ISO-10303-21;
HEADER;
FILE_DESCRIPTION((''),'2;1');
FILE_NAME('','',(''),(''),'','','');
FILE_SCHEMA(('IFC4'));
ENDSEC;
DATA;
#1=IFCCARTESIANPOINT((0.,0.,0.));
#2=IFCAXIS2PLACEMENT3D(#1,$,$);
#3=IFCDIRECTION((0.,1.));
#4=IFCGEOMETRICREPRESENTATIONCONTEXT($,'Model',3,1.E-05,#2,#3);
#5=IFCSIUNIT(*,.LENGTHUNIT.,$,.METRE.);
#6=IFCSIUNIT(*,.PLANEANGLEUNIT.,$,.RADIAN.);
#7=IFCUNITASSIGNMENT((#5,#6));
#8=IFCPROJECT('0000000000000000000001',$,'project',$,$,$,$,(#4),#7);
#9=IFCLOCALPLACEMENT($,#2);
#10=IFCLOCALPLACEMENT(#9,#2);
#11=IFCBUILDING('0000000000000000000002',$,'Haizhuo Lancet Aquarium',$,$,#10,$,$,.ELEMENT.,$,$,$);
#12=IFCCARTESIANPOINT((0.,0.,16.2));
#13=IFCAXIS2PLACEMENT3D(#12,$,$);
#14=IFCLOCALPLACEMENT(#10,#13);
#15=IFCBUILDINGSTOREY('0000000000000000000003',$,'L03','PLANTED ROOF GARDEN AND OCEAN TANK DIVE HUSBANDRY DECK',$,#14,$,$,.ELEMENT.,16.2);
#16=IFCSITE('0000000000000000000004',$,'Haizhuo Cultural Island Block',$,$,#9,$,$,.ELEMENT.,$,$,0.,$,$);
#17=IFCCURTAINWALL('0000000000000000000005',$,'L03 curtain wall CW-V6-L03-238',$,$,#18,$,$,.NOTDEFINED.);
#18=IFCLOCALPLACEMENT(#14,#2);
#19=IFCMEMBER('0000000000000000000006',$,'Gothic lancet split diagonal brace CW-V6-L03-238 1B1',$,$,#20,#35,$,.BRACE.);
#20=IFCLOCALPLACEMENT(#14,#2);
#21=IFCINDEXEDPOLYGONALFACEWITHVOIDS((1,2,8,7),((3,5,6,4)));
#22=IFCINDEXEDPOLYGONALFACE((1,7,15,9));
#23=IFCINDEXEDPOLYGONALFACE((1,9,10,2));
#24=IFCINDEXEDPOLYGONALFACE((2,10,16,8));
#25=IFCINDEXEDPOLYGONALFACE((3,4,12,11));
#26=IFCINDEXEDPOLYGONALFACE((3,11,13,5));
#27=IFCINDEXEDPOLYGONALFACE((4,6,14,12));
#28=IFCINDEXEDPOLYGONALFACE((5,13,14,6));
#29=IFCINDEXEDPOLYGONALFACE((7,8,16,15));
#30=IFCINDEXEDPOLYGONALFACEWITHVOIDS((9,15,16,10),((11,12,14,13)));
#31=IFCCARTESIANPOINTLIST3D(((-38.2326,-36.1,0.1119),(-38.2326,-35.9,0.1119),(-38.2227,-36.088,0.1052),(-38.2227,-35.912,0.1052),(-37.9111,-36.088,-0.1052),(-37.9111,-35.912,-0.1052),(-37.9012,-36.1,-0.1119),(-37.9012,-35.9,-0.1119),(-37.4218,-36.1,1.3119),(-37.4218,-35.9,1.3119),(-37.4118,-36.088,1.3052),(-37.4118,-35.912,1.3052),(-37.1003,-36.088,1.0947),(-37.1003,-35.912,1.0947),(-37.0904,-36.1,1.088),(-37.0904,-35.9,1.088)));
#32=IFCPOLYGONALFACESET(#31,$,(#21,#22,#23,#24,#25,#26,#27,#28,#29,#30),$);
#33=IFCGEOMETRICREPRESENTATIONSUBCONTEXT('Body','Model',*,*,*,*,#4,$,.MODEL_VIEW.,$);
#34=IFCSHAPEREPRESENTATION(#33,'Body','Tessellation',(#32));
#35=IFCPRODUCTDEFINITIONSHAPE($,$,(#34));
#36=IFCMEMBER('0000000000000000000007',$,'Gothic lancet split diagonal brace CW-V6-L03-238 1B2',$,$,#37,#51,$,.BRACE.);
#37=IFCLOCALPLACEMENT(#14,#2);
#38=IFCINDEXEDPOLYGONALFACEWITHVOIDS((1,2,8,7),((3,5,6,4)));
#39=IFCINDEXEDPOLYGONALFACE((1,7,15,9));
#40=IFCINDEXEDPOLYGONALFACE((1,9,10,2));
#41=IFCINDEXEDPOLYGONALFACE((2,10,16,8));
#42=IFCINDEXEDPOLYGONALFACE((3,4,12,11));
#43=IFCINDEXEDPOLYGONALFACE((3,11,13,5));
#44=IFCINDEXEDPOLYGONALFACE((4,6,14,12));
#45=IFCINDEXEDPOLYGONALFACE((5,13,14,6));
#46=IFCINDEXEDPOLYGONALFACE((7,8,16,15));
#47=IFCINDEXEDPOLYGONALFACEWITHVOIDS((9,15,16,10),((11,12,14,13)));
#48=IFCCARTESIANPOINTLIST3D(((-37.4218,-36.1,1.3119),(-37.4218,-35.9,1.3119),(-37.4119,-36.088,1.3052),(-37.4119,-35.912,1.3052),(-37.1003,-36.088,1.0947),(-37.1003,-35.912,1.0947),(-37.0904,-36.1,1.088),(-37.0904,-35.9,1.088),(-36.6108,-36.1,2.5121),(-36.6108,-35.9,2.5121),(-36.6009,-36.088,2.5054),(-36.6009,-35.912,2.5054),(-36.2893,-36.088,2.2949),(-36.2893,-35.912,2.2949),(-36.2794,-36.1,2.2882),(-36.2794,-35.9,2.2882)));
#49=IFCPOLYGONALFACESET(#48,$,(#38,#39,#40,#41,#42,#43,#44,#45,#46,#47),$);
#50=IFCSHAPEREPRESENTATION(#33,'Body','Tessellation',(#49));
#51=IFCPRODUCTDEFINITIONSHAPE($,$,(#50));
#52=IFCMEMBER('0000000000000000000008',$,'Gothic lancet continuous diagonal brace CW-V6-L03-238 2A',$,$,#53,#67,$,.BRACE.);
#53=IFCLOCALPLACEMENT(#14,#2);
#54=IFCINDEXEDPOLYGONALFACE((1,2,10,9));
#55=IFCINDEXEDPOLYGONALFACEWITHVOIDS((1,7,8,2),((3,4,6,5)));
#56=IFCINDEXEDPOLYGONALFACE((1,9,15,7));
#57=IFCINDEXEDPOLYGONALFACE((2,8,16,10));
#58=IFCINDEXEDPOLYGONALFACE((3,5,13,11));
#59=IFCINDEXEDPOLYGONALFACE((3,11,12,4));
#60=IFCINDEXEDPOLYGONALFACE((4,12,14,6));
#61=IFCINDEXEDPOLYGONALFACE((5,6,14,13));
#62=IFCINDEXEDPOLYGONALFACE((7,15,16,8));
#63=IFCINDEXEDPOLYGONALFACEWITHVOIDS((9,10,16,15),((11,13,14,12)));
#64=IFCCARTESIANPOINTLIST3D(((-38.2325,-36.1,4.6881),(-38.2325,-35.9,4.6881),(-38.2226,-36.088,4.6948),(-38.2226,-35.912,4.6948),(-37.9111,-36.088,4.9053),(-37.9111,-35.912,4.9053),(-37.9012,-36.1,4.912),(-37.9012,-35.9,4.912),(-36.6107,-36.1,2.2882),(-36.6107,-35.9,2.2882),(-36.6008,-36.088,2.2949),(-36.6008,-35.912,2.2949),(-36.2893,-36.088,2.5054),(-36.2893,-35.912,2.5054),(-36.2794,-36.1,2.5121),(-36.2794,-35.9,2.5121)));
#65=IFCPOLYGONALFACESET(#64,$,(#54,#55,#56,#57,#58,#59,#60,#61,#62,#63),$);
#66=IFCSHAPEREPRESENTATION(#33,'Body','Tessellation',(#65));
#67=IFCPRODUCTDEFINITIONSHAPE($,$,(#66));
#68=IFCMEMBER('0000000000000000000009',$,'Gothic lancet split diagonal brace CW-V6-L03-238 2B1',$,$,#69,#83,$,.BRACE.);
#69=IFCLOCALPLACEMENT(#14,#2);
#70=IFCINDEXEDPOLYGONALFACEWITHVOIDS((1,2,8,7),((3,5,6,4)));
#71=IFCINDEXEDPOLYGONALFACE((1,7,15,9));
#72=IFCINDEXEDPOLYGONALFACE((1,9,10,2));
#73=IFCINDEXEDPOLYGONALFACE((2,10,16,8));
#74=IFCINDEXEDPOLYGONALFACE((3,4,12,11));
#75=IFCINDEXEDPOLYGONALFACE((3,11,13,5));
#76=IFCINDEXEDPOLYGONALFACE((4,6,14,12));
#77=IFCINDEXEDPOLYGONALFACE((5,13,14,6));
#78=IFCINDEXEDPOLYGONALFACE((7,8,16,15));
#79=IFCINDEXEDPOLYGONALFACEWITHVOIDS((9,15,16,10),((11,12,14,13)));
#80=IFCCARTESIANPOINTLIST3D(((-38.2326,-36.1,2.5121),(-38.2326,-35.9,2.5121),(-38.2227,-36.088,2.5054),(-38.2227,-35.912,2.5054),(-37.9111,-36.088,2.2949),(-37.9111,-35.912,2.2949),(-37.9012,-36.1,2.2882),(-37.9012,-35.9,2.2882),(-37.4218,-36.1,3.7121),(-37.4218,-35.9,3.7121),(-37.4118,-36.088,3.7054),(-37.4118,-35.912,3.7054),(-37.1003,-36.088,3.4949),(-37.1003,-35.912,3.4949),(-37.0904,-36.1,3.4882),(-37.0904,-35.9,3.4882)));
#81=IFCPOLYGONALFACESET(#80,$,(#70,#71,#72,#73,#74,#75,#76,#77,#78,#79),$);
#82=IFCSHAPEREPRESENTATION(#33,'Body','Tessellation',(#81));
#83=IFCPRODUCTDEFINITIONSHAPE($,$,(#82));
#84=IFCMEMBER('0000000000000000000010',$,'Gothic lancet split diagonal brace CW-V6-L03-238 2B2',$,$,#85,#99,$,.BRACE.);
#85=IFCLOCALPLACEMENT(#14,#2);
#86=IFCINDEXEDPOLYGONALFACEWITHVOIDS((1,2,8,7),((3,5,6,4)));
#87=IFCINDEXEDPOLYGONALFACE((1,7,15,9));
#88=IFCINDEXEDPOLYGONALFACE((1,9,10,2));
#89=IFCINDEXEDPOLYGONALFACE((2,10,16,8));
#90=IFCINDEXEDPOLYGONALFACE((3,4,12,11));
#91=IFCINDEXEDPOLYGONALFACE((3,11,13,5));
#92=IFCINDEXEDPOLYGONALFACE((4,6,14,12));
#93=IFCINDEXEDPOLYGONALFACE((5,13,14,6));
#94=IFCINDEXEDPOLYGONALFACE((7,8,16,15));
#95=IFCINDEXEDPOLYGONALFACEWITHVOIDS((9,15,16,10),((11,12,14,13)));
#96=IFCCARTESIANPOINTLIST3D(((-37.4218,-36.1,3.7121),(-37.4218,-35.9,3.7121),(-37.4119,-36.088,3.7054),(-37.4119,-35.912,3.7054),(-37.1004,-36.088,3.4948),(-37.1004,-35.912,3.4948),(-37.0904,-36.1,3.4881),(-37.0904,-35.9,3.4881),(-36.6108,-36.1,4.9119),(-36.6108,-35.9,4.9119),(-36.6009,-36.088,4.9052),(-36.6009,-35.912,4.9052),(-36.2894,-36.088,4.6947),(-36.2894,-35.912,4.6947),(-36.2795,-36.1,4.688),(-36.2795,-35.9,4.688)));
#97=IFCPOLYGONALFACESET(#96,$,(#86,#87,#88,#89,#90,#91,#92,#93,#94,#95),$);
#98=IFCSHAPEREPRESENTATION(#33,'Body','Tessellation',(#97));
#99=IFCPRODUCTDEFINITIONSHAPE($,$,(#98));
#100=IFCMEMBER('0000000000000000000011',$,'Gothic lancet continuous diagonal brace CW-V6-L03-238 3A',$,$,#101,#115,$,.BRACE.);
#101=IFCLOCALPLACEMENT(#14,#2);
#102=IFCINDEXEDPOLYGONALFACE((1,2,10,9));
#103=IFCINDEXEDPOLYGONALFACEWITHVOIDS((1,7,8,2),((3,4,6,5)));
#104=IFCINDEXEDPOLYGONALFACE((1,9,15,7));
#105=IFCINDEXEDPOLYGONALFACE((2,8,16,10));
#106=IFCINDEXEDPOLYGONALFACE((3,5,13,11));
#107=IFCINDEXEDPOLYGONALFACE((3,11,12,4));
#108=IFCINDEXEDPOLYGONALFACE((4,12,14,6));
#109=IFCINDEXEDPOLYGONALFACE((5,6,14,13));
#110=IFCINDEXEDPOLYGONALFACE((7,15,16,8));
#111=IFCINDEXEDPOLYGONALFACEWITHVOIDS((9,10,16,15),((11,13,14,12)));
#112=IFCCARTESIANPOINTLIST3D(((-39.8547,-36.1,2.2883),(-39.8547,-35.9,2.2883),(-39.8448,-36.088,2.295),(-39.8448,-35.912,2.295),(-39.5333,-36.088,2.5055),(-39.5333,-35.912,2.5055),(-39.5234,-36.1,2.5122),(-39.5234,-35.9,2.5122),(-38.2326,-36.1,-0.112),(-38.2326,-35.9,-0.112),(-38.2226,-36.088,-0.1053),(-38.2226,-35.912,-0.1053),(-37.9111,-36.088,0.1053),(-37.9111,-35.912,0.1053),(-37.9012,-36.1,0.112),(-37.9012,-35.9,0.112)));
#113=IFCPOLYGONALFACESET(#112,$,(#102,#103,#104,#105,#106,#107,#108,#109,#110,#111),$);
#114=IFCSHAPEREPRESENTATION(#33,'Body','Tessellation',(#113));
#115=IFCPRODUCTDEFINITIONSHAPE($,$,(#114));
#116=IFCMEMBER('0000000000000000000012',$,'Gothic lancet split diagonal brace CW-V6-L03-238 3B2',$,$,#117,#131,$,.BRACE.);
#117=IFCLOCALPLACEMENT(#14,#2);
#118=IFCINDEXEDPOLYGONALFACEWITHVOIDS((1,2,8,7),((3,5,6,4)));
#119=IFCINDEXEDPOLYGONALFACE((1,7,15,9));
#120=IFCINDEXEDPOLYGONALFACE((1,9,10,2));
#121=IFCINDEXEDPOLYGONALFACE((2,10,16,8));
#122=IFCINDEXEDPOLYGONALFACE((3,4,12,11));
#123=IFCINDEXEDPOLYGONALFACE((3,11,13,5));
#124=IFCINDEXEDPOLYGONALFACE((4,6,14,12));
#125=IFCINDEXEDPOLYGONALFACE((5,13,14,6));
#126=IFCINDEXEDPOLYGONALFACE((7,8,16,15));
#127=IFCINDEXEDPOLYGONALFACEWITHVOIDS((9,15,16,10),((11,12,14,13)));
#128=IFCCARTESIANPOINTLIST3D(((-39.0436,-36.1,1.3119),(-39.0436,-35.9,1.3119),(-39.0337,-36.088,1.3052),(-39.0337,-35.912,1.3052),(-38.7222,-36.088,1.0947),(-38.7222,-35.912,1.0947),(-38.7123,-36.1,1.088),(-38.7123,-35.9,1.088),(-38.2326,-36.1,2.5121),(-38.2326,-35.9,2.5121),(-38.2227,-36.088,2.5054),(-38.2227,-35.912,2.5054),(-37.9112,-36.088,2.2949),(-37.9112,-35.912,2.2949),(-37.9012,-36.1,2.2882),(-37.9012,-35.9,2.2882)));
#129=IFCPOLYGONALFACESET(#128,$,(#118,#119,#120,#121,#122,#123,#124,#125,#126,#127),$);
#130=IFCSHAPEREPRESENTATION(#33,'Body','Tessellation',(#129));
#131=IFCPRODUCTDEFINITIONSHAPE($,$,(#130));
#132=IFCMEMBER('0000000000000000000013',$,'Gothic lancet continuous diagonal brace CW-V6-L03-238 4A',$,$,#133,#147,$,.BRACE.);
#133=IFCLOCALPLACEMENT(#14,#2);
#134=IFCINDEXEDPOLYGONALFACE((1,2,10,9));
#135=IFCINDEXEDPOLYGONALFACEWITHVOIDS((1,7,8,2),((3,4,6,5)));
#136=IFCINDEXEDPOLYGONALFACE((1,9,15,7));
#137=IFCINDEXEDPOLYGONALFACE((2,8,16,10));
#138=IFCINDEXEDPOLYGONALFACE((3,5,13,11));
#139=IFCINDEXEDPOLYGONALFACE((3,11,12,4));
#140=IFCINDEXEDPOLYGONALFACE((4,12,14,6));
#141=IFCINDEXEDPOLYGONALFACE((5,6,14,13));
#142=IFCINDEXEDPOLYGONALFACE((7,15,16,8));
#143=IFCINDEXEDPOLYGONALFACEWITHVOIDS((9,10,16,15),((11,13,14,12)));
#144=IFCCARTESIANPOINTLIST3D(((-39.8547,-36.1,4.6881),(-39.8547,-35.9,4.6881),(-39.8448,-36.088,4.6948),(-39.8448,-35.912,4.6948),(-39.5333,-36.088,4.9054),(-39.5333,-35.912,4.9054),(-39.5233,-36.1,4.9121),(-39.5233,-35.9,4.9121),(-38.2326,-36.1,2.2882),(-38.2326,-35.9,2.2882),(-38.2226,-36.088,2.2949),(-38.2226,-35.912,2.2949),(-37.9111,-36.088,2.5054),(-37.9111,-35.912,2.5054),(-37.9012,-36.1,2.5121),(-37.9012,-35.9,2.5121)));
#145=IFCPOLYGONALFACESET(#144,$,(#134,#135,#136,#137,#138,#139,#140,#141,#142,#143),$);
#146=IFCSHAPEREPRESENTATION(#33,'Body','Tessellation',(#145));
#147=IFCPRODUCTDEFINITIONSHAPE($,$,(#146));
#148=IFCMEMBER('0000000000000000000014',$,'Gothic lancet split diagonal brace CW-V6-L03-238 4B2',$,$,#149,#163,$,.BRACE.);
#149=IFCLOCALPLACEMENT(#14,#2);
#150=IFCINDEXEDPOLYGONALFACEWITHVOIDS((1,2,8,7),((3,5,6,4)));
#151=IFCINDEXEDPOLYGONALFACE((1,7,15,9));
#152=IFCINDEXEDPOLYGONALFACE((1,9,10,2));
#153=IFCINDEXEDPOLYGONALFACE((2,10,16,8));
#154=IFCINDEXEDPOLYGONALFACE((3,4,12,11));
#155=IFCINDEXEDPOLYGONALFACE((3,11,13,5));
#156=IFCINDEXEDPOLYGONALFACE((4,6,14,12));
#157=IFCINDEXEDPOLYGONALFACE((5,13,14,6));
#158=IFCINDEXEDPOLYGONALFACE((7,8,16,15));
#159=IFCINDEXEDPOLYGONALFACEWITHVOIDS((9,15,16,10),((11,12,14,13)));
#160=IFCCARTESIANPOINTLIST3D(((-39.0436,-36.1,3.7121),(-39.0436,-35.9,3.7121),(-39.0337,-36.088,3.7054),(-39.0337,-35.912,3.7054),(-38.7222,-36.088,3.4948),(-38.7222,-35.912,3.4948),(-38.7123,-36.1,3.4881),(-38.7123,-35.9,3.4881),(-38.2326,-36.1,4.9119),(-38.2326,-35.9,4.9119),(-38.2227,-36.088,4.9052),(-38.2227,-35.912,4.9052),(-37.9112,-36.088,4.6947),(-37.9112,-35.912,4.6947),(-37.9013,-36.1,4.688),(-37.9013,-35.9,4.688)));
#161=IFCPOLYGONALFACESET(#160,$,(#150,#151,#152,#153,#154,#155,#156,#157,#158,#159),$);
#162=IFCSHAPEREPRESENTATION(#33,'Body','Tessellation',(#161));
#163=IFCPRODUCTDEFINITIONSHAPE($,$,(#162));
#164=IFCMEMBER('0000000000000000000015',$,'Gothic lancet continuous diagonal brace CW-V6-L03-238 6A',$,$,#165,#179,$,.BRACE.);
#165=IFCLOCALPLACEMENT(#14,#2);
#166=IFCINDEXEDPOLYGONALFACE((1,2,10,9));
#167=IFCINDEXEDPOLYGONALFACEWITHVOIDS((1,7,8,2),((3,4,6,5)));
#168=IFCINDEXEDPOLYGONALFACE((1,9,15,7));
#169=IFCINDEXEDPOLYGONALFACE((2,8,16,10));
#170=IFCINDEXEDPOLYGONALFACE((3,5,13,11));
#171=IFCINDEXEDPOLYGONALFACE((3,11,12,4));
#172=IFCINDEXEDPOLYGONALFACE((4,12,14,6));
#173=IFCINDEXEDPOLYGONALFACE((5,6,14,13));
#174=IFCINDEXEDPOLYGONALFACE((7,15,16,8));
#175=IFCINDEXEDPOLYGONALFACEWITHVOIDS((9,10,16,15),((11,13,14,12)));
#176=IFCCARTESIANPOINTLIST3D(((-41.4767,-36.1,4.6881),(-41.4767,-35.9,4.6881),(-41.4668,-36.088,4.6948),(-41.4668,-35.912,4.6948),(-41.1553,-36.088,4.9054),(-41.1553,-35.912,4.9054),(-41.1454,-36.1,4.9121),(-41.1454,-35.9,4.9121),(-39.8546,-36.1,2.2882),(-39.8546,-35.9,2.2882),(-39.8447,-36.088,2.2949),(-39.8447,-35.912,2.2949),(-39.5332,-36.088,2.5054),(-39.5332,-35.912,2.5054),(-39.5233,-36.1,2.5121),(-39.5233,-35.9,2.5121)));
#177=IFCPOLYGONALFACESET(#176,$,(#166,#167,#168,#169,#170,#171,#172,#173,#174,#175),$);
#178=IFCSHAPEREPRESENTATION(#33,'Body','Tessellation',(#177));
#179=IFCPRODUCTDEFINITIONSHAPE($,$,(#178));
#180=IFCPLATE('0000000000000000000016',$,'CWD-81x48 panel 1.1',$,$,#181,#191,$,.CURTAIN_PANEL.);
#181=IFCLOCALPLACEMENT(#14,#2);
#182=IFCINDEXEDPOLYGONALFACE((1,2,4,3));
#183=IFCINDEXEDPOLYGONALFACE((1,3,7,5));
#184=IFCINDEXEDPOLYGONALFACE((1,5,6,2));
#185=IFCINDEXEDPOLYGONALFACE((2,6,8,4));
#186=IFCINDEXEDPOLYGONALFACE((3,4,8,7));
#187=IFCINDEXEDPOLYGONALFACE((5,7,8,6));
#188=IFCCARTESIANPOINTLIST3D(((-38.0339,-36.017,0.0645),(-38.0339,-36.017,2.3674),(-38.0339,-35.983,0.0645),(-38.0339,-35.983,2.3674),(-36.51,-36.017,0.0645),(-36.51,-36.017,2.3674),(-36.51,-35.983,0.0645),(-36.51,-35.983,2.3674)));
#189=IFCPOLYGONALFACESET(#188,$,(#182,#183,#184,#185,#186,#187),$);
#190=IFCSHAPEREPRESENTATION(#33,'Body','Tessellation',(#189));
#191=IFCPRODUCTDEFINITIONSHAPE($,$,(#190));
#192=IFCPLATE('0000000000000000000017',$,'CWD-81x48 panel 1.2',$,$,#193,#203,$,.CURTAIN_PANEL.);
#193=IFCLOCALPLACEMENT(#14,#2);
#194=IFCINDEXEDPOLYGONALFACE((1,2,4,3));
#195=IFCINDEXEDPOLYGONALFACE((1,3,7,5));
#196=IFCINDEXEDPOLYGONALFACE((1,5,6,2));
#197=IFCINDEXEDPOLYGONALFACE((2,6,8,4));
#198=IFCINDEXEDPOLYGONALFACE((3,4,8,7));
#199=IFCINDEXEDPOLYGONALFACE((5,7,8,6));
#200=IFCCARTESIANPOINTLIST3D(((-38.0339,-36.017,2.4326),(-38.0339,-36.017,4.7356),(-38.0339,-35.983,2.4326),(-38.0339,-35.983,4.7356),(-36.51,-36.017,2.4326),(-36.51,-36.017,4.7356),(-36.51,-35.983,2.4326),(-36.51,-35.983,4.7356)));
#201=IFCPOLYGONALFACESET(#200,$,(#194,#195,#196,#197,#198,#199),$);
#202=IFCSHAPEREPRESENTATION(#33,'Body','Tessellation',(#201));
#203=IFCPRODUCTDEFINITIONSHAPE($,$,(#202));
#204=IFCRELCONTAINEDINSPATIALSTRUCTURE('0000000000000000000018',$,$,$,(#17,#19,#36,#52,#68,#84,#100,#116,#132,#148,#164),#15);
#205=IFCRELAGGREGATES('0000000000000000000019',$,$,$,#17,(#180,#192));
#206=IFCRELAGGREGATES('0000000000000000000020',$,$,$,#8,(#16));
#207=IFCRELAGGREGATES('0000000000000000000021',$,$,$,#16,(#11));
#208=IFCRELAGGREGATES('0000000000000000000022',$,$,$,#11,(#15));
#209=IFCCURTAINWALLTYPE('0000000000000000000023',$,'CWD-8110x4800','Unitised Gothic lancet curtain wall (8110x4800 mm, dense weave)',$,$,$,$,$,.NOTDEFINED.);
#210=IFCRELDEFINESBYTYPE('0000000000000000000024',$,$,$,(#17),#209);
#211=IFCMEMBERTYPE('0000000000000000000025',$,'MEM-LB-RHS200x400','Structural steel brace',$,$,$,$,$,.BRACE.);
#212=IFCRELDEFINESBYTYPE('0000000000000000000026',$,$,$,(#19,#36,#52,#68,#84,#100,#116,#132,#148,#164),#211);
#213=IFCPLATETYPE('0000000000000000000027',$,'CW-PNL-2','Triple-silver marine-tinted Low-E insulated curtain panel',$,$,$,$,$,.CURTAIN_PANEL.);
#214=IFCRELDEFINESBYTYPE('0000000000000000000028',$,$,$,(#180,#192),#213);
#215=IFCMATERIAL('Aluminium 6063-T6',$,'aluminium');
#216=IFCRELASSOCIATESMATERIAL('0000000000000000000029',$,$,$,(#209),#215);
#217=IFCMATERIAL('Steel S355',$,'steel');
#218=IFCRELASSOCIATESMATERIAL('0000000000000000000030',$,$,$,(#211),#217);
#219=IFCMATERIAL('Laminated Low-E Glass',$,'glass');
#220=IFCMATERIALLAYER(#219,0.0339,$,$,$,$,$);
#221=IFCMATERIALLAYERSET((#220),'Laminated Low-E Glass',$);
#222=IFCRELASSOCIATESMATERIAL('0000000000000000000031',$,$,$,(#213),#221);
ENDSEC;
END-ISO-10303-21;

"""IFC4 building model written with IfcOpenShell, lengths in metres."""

from ifc_helpers import new_model, si_unit, direction, frame, origin, origin_2d, place, context, subcontext, project, spatial, rectangle, hollow_rectangle, extrude, material, layer, layer_set, material_profile, profile_set, type_object, element, aggregate, save


model = new_model("IFC4")

# Units and contexts
model_context = context("Model", 3, precision=1e-05, world=origin(), true_north=direction((0.0, 1.0)))
body_context = subcontext(model_context, "Body", "Model", "MODEL_VIEW")
ifc_project = project(units=[si_unit("LENGTHUNIT", "METRE"), si_unit("PLANEANGLEUNIT", "RADIAN")], contexts=[model_context])

# Site, building, storey
site_placement = place(None, origin())
site = spatial("IfcSite", under=ifc_project, at=site_placement, Name="Haizhuo Cultural Island Block", CompositionType="ELEMENT", RefElevation=0.0)
building_placement = place(site_placement, origin())
building = spatial("IfcBuilding", under=site, at=building_placement, Name="Haizhuo Lancet Aquarium", CompositionType="ELEMENT")
storey_placement = place(building_placement, frame((0.0, 0.0, 16.2)))
storey = spatial("IfcBuildingStorey", under=building, at=storey_placement, Name="L03", Description="PLANTED ROOF GARDEN AND OCEAN TANK DIVE HUSBANDRY DECK", CompositionType="ELEMENT", Elevation=16.2)

# Curtain wall
ifc_material_1 = material(Name="Aluminium 6063-T6", Category="aluminium")
curtain_wall_type_1 = type_object("IfcCurtainWallType", Name="CWD-8110x4800", Description="Unitised Gothic lancet curtain wall (8110x4800 mm, dense weave)", PredefinedType="NOTDEFINED", material=ifc_material_1)
curtain_wall_1_placement = place(storey_placement, origin())
curtain_wall_1 = element("IfcCurtainWall", 1, at=curtain_wall_1_placement, inside=storey, type_object=curtain_wall_type_1, Name="L03 curtain wall CW-V6-L03-238", PredefinedType="NOTDEFINED")

# Members
ifc_material_2 = material(Name="Steel S355", Category="steel")
ifc_material_profile_1 = material_profile(ifc_material_2, hollow_rectangle(XDim=0.2, YDim=0.3999, WallThickness=0.012, at=origin_2d()), Name="RHS 200x400x12")
ifc_profile_set_1 = profile_set([ifc_material_profile_1], Name="Steel S355")
member_type_1 = type_object("IfcMemberType", Name="MEM-LB-RHS200x400", Description="Structural steel brace", PredefinedType="BRACE", material=ifc_profile_set_1)
member_1_placement = place(storey_placement, frame((-38.0669, -36.0, 0.0), z_axis=(0.559864, 0.0, 0.828585), x_axis=(0.0, 1.0, 0.0)))
element("IfcMember", 2, at=member_1_placement, inside=storey, type_object=member_type_1, Name="Gothic lancet split diagonal brace CW-V6-L03-238 1B1", PredefinedType="BRACE", context=body_context, shape_type="SweptSolid", body=[
    extrude(hollow_rectangle(XDim=0.2, YDim=0.3999, WallThickness=0.012, at=origin_2d()), origin(), (0.0, 0.0, 1.0), 1.4482),
])
member_2_placement = place(storey_placement, frame((-37.2561, -36.0, 1.2), z_axis=(0.559901, 0.0, 0.828559), x_axis=(0.0, 1.0, 0.0)))
element("IfcMember", 3, at=member_2_placement, inside=storey, type_object=member_type_1, Name="Gothic lancet split diagonal brace CW-V6-L03-238 1B2", PredefinedType="BRACE", context=body_context, shape_type="SweptSolid", body=[
    extrude(hollow_rectangle(XDim=0.2, YDim=0.3999, WallThickness=0.012, at=origin_2d()), origin(), (0.0, 0.0, 1.0), 1.4485),
])
member_3_placement = place(storey_placement, frame((-36.4451, -36.0, 2.4001), z_axis=(-0.559922, 0.0, 0.828546), x_axis=(0.0, -1.0, 0.0)))
element("IfcMember", 4, at=member_3_placement, inside=storey, type_object=member_type_1, Name="Gothic lancet continuous diagonal brace CW-V6-L03-238 2A", PredefinedType="BRACE", context=body_context, shape_type="SweptSolid", body=[
    extrude(hollow_rectangle(XDim=0.2, YDim=0.3999, WallThickness=0.012, at=origin_2d()), origin(), (0.0, 0.0, 1.0), 2.8965),
])
for number, where, z_axis, x_axis, name in (
    (5, (-38.0669, -36.0, 2.4001), (0.559864, 0.0, 0.828585), (0.0, 1.0, 0.0), "Gothic lancet split diagonal brace CW-V6-L03-238 2B1"),
    (6, (-37.2561, -36.0, 3.6001), (0.559979, 0.0, 0.828507), (0.0, 1.0, 0.0), "Gothic lancet split diagonal brace CW-V6-L03-238 2B2"),
):
    element("IfcMember", number, at=place(storey_placement, frame(where, z_axis=z_axis, x_axis=x_axis)), inside=storey, type_object=member_type_1, Name=name, PredefinedType="BRACE", context=body_context, shape_type="SweptSolid", body=[
        extrude(hollow_rectangle(XDim=0.2, YDim=0.3999, WallThickness=0.012, at=origin_2d()), origin(), (0.0, 0.0, 1.0), 1.4482),
    ])
member_4_placement = place(storey_placement, frame((-38.0669, -36.0, 0.0), z_axis=(-0.55994, 0.0, 0.828533), x_axis=(0.0, -1.0, 0.0)))
element("IfcMember", 7, at=member_4_placement, inside=storey, type_object=member_type_1, Name="Gothic lancet continuous diagonal brace CW-V6-L03-238 3A", PredefinedType="BRACE", context=body_context, shape_type="SweptSolid", body=[
    extrude(hollow_rectangle(XDim=0.2, YDim=0.3999, WallThickness=0.012, at=origin_2d()), origin(), (0.0, 0.0, 1.0), 2.897),
])
member_5_placement = place(storey_placement, frame((-38.8779, -36.0, 1.2), z_axis=(0.559901, 0.0, 0.828559), x_axis=(0.0, 1.0, 0.0)))
element("IfcMember", 8, at=member_5_placement, inside=storey, type_object=member_type_1, Name="Gothic lancet split diagonal brace CW-V6-L03-238 3B2", PredefinedType="BRACE", context=body_context, shape_type="SweptSolid", body=[
    extrude(hollow_rectangle(XDim=0.2, YDim=0.3999, WallThickness=0.012, at=origin_2d()), origin(), (0.0, 0.0, 1.0), 1.4485),
])
member_6_placement = place(storey_placement, frame((-38.0669, -36.0, 2.4001), z_axis=(-0.559979, 0.0, 0.828507), x_axis=(0.0, -1.0, 0.0)))
element("IfcMember", 9, at=member_6_placement, inside=storey, type_object=member_type_1, Name="Gothic lancet continuous diagonal brace CW-V6-L03-238 4A", PredefinedType="BRACE", context=body_context, shape_type="SweptSolid", body=[
    extrude(hollow_rectangle(XDim=0.2, YDim=0.3999, WallThickness=0.012, at=origin_2d()), origin(), (0.0, 0.0, 1.0), 2.8967),
])
member_7_placement = place(storey_placement, frame((-38.8779, -36.0, 3.6001), z_axis=(0.559979, 0.0, 0.828507), x_axis=(0.0, 1.0, 0.0)))
element("IfcMember", 10, at=member_7_placement, inside=storey, type_object=member_type_1, Name="Gothic lancet split diagonal brace CW-V6-L03-238 4B2", PredefinedType="BRACE", context=body_context, shape_type="SweptSolid", body=[
    extrude(hollow_rectangle(XDim=0.2, YDim=0.3999, WallThickness=0.012, at=origin_2d()), origin(), (0.0, 0.0, 1.0), 1.4482),
])
member_8_placement = place(storey_placement, frame((-39.689, -36.0, 2.4001), z_axis=(-0.559979, 0.0, 0.828507), x_axis=(0.0, -1.0, 0.0)))
element("IfcMember", 11, at=member_8_placement, inside=storey, type_object=member_type_1, Name="Gothic lancet continuous diagonal brace CW-V6-L03-238 6A", PredefinedType="BRACE", context=body_context, shape_type="SweptSolid", body=[
    extrude(hollow_rectangle(XDim=0.2, YDim=0.3999, WallThickness=0.012, at=origin_2d()), origin(), (0.0, 0.0, 1.0), 2.8967),
])

# Plates
ifc_material_3 = material(Name="Laminated Low-E Glass", Category="glass")
ifc_layer_1 = layer(ifc_material_3, 0.0339)
ifc_layer_set_1 = layer_set([ifc_layer_1], Name="Laminated Low-E Glass")
plate_type = type_object("IfcPlateType", Name="CW-PNL-2", Description="Triple-silver marine-tinted Low-E insulated curtain panel", PredefinedType="CURTAIN_PANEL", material=ifc_layer_set_1)
plate_1_placement = place(storey_placement, frame((-37.272, -36.0, 0.0645), z_axis=(0.0, 0.0, 1.0), x_axis=(-1.0, 0.0, 0.0)))
plate_1 = element("IfcPlate", 12, at=plate_1_placement, type_object=plate_type, Name="CWD-81x48 panel 1.1", PredefinedType="CURTAIN_PANEL", context=body_context, shape_type="SweptSolid", body=[
    extrude(rectangle(XDim=1.5239, YDim=0.0339, at=origin_2d()), origin(), (0.0, 0.0, 1.0), 2.303),
])
plate_2_placement = place(storey_placement, frame((-37.272, -36.0, 2.4326), z_axis=(0.0, 0.0, 1.0), x_axis=(-1.0, 0.0, 0.0)))
plate_2 = element("IfcPlate", 13, at=plate_2_placement, type_object=plate_type, Name="CWD-81x48 panel 1.2", PredefinedType="CURTAIN_PANEL", context=body_context, shape_type="SweptSolid", body=[
    extrude(rectangle(XDim=1.5239, YDim=0.0339, at=origin_2d()), origin(), (0.0, 0.0, 1.0), 2.303),
])
aggregate(curtain_wall_1, [plate_1, plate_2])

save(model, "model.ifc")
